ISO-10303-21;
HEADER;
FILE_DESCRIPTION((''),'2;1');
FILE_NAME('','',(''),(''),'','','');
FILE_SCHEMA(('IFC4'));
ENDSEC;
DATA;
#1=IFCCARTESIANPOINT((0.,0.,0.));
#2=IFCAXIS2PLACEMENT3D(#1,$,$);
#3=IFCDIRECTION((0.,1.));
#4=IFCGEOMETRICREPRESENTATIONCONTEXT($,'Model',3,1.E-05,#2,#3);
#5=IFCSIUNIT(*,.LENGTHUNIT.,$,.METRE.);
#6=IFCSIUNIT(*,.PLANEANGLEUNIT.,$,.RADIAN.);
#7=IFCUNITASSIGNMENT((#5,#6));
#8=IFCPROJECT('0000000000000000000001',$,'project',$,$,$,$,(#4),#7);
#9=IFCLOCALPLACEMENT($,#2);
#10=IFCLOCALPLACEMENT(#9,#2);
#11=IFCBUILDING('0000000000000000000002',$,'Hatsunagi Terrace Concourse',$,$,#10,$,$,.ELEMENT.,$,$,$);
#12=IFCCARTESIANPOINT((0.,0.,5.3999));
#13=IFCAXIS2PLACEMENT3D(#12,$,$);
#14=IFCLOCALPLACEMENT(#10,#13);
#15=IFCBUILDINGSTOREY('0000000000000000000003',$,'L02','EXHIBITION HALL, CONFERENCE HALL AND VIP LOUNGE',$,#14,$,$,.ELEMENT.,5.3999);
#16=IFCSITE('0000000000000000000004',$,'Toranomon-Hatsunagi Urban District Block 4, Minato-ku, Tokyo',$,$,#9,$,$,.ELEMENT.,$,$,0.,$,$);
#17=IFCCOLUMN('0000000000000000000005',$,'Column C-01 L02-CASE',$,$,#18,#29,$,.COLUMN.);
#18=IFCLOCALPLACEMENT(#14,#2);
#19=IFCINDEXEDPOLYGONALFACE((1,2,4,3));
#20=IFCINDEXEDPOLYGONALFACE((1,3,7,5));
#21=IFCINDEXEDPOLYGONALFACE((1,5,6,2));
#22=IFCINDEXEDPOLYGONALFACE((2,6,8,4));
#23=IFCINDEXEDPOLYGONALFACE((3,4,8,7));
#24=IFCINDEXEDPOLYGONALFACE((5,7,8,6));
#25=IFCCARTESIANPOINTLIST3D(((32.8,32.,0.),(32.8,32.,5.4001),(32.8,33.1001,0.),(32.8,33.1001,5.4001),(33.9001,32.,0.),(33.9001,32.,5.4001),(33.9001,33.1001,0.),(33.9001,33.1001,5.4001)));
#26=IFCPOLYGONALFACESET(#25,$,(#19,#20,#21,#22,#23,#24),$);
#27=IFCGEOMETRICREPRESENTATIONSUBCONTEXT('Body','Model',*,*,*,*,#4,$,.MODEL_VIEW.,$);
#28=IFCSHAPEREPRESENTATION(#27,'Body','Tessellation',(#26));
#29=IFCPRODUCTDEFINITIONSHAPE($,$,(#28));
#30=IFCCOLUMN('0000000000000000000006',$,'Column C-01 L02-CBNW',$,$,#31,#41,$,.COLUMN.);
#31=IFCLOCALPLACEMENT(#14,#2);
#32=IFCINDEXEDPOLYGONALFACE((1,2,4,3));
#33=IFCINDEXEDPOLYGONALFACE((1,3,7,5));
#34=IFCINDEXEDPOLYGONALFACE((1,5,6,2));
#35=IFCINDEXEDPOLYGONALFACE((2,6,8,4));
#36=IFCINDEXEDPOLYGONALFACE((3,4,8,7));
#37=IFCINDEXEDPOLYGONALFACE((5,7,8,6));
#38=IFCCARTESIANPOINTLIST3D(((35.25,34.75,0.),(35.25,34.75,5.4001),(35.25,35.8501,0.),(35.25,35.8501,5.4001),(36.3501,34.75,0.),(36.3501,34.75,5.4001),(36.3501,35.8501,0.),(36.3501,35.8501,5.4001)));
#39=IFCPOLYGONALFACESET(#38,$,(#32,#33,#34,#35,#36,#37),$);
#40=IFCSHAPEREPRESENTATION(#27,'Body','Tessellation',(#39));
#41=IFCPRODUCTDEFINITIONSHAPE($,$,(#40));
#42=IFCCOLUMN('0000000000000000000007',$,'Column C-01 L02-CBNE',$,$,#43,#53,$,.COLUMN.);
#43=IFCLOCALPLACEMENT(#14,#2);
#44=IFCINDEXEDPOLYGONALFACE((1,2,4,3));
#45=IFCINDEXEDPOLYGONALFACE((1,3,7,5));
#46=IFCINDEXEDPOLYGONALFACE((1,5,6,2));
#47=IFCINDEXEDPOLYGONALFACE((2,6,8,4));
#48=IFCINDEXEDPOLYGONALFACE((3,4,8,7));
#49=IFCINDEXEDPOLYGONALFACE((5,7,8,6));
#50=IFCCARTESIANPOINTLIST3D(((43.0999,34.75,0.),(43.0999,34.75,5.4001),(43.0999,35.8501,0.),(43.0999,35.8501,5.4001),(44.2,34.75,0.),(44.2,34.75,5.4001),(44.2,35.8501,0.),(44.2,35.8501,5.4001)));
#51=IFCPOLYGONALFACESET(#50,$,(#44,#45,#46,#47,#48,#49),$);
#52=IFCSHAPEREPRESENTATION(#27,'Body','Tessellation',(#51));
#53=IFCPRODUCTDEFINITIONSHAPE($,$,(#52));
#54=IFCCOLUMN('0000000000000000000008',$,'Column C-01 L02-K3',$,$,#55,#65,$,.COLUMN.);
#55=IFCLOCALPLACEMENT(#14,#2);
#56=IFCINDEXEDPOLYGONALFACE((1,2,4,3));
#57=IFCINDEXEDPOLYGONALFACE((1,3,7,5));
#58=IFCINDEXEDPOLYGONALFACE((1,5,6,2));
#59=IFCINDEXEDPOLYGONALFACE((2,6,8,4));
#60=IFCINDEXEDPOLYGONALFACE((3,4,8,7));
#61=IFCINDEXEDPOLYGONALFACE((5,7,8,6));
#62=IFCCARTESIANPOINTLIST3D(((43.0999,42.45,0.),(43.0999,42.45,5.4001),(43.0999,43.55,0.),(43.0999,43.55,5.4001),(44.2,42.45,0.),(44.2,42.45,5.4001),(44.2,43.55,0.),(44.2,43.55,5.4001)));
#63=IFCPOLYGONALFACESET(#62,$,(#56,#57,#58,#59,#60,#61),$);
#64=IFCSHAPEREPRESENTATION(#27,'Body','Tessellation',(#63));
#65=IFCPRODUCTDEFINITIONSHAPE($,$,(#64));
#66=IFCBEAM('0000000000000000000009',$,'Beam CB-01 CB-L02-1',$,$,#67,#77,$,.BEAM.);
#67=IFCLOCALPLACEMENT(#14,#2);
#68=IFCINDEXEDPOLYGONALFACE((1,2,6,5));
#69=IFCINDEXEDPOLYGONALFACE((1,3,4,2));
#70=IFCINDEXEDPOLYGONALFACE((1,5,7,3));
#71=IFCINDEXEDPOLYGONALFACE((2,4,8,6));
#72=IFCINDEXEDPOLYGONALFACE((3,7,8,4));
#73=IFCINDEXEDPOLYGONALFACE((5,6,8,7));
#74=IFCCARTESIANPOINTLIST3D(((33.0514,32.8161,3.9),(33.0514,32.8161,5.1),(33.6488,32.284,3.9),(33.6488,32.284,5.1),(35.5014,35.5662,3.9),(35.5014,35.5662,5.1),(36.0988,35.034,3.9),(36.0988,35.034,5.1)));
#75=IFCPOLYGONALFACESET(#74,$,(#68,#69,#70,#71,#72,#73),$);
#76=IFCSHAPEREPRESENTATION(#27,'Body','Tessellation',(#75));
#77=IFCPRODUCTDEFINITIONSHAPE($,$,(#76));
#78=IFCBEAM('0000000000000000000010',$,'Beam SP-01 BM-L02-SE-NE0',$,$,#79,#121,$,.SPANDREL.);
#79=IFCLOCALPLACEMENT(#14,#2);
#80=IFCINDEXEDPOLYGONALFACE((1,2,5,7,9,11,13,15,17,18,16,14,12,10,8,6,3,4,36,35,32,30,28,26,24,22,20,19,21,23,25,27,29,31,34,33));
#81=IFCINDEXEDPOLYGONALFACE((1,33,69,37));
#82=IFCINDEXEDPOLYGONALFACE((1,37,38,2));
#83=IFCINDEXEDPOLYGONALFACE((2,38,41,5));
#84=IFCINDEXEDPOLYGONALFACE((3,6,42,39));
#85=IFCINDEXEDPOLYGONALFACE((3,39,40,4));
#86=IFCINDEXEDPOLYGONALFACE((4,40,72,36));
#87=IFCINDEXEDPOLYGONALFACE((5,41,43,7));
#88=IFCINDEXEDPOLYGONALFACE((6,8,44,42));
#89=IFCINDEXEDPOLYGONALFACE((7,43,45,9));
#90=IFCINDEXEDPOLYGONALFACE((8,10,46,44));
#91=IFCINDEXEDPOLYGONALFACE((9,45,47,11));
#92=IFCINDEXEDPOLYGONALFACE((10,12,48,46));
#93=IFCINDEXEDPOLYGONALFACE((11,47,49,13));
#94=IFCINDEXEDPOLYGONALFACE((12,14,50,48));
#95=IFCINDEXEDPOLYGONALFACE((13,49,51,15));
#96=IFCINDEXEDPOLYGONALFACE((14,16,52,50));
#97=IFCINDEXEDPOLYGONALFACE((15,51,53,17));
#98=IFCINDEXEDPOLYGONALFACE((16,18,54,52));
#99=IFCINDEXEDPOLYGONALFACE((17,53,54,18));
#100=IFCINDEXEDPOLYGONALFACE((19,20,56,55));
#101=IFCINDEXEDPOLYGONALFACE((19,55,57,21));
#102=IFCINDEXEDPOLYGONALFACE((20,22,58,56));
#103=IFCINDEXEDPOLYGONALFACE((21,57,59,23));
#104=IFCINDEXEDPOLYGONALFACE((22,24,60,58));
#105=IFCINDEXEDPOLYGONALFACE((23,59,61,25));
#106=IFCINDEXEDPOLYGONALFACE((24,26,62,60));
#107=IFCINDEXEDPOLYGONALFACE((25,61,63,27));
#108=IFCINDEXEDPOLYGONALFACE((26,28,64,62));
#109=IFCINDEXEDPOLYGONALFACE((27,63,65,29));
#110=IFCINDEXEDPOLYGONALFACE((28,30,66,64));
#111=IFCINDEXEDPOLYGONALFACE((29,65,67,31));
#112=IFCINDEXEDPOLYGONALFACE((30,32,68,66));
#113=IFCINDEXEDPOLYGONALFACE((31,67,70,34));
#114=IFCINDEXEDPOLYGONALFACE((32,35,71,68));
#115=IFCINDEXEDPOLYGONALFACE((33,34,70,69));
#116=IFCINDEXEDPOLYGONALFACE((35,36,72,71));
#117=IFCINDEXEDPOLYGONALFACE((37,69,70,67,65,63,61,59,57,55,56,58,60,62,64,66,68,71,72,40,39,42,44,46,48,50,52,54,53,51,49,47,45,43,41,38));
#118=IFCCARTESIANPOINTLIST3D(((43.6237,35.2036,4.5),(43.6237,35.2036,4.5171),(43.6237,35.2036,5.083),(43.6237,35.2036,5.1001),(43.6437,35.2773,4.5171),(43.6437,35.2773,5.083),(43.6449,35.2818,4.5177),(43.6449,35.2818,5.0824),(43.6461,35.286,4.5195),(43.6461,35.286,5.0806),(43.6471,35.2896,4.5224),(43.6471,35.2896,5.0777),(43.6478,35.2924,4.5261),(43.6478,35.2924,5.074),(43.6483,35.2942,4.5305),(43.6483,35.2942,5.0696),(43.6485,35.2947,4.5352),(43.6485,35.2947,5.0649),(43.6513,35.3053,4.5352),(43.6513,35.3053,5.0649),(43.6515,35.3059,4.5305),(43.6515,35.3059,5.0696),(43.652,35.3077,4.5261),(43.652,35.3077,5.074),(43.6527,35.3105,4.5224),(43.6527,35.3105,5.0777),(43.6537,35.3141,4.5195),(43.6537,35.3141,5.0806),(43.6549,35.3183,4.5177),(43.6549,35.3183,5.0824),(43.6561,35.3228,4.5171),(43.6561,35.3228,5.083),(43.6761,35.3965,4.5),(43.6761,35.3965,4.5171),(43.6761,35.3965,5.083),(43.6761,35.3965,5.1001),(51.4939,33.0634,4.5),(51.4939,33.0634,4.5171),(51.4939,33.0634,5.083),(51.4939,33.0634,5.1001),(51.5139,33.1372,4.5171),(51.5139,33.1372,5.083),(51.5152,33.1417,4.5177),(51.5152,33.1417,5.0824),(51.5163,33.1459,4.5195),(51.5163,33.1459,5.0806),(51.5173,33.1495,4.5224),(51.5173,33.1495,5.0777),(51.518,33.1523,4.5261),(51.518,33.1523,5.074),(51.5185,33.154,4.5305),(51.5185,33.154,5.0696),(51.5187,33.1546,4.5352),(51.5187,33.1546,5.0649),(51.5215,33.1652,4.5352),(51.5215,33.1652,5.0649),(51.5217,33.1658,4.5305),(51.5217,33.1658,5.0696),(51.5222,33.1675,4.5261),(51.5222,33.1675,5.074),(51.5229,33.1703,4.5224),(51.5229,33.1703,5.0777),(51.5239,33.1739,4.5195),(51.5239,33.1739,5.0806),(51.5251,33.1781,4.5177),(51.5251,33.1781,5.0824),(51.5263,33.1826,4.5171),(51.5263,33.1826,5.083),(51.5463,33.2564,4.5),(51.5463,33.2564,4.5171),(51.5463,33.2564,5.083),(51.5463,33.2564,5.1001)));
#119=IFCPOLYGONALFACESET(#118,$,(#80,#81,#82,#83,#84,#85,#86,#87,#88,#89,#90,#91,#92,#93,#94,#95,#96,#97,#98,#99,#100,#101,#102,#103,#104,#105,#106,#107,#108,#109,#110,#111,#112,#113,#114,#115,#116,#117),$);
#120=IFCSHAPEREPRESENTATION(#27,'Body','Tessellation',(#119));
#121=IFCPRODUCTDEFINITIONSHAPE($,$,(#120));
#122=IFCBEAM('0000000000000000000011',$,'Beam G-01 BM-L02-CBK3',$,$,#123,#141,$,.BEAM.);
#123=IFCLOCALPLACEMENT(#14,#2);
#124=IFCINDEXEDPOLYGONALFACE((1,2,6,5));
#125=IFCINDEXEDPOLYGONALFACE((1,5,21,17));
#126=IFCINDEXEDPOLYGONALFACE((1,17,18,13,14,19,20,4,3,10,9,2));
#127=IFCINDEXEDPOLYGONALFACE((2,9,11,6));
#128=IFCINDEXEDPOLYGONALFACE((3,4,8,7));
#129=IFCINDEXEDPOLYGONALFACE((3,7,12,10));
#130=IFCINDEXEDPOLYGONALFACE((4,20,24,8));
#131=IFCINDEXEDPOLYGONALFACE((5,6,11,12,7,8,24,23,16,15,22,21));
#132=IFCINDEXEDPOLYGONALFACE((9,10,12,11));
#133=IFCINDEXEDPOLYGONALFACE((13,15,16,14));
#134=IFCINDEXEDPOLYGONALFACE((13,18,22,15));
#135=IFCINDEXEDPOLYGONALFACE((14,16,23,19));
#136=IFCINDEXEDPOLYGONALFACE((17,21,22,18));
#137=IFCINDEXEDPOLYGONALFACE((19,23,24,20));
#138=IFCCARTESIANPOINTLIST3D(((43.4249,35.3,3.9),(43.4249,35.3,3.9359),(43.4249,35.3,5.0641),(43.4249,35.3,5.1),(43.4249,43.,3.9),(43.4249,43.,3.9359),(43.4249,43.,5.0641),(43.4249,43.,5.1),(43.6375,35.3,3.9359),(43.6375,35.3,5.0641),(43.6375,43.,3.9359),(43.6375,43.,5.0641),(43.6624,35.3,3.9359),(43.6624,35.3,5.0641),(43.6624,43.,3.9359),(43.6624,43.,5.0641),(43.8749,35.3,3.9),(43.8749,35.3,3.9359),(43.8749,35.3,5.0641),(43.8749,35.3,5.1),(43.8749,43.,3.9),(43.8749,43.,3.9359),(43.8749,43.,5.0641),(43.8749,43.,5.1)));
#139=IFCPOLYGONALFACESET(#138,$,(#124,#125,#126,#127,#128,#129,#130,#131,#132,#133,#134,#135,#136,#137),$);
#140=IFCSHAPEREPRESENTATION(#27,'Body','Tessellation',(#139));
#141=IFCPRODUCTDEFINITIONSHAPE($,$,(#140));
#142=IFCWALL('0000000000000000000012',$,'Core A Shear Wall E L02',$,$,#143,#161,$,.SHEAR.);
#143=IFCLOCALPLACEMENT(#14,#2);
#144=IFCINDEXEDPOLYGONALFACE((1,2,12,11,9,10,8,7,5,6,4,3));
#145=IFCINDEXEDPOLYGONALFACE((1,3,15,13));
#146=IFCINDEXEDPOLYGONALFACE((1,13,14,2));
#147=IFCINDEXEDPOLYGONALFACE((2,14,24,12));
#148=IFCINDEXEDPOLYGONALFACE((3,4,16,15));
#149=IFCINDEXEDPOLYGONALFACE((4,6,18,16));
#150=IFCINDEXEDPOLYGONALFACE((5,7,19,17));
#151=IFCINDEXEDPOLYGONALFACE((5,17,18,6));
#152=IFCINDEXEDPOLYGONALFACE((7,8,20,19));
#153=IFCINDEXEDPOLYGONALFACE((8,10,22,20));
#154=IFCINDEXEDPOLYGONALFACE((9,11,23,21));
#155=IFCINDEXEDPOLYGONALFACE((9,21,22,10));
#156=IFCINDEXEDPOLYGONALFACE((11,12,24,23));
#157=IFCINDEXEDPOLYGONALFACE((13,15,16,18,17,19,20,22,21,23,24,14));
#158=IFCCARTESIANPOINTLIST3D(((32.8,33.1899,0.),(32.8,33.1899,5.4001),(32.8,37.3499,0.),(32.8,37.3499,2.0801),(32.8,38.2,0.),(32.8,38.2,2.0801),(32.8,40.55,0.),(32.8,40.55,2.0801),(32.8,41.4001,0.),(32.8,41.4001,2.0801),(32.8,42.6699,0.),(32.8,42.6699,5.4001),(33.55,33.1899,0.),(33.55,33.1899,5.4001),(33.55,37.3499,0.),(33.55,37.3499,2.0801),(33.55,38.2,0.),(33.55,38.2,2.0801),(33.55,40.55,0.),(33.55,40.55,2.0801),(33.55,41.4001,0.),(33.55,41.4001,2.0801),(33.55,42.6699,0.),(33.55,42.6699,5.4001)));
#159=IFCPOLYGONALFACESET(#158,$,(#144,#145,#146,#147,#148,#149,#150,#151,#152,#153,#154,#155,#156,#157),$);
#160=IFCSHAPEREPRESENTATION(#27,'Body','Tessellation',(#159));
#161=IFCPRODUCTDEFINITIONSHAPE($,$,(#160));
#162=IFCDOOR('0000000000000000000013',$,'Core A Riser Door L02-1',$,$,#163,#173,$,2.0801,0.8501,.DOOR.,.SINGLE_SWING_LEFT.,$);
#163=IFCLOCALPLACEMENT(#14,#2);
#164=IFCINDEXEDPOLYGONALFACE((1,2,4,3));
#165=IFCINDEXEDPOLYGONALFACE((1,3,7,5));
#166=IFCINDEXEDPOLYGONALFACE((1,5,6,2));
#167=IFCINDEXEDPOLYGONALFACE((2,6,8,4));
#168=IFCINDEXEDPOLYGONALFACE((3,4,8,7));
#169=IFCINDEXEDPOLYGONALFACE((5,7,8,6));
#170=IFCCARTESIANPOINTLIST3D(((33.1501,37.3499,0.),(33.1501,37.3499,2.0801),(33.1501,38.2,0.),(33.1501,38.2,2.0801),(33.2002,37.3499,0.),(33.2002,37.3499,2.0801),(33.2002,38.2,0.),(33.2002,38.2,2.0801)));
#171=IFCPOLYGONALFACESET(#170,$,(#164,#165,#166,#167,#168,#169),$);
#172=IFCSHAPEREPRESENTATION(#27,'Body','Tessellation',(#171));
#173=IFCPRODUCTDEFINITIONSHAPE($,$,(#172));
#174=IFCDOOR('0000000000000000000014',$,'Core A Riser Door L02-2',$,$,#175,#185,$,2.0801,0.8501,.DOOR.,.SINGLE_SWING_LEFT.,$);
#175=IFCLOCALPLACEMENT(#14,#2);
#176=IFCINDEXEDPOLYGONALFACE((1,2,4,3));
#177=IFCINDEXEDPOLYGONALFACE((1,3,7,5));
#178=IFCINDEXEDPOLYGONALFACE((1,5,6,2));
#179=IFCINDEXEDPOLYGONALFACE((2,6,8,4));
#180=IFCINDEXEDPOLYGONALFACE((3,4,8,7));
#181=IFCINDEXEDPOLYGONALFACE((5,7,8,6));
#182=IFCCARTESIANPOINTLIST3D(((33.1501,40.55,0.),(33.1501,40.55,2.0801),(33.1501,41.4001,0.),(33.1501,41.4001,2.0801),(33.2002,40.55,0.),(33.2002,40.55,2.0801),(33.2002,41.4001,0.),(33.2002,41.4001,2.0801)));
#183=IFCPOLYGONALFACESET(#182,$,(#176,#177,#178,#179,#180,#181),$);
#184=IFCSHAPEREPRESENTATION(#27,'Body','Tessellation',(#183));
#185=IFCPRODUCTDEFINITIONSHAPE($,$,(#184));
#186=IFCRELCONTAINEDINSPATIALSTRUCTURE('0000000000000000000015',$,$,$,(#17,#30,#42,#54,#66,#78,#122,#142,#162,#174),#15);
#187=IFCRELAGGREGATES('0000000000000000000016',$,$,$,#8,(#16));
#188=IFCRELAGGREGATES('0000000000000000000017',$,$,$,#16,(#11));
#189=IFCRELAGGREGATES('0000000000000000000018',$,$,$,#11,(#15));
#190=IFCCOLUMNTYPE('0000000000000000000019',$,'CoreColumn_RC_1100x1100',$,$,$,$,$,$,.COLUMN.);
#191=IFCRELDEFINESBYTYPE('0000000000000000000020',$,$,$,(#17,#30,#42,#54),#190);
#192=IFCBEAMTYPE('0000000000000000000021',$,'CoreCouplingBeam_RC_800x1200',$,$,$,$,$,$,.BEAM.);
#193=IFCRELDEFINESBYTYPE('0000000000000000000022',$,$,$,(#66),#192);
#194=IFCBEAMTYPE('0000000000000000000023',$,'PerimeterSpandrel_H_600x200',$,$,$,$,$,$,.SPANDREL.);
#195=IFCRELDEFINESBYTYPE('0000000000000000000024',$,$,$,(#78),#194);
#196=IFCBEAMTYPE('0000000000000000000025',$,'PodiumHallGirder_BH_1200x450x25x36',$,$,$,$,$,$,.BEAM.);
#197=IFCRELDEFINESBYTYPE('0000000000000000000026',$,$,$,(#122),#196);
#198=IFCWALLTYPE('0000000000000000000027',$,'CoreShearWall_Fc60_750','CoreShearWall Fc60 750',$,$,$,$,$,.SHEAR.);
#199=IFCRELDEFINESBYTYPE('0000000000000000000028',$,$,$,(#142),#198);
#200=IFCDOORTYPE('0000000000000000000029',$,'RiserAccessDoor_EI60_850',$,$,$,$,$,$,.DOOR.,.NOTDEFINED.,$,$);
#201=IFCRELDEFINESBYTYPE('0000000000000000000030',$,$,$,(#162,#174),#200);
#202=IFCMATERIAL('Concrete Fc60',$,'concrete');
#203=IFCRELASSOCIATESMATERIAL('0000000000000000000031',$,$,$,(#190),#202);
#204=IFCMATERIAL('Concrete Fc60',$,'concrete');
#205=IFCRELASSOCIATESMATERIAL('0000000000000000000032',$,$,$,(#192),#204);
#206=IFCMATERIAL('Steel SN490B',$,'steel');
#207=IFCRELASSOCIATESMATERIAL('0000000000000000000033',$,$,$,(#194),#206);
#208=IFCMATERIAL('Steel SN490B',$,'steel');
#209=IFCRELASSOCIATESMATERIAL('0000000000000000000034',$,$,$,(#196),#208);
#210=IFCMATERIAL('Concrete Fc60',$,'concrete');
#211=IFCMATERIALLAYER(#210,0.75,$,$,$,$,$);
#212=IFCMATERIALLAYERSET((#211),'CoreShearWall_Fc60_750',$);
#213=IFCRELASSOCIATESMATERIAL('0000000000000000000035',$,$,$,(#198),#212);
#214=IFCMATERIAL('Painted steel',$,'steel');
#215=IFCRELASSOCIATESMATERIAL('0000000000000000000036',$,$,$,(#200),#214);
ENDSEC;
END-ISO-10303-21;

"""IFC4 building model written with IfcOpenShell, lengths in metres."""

from ifc_helpers import new_model, si_unit, direction, frame, frame_2d, origin, origin_2d, place, context, subcontext, project, spatial, rectangle, i_section, extrude, material, layer, layer_set, material_profile, profile_set, type_object, element, fill, save


model = new_model("IFC4")

# Units and contexts
model_context = context("Model", 3, precision=1e-05, world=origin(), true_north=direction((0.0, 1.0)))
body_context = subcontext(model_context, "Body", "Model", "MODEL_VIEW")
ifc_project = project(units=[si_unit("LENGTHUNIT", "METRE"), si_unit("PLANEANGLEUNIT", "RADIAN")], contexts=[model_context])

# Site, building, storey
site_placement = place(None, origin())
site = spatial("IfcSite", under=ifc_project, at=site_placement, Name="Toranomon-Hatsunagi Urban District Block 4, Minato-ku, Tokyo", CompositionType="ELEMENT", RefElevation=0.0)
building_placement = place(site_placement, origin())
building = spatial("IfcBuilding", under=site, at=building_placement, Name="Hatsunagi Terrace Concourse", CompositionType="ELEMENT")
storey_placement = place(building_placement, frame((0.0, 0.0, 5.3999)))
storey = spatial("IfcBuildingStorey", under=building, at=storey_placement, Name="L02", Description="EXHIBITION HALL, CONFERENCE HALL AND VIP LOUNGE", CompositionType="ELEMENT", Elevation=5.3999)

# Columns
ifc_material_1 = material(Name="Concrete Fc60", Category="concrete")
ifc_material_profile_1 = material_profile(ifc_material_1, rectangle(XDim=1.1001, YDim=1.1001, at=origin_2d()), Name="RC-1100x1100")
ifc_profile_set_1 = profile_set([ifc_material_profile_1], Name="Concrete Fc60")
column_type = type_object("IfcColumnType", Name="CoreColumn_RC_1100x1100", PredefinedType="COLUMN", material=ifc_profile_set_1)
for number, where, z_axis, x_axis, name in (
    (1, (33.3501, 32.55, 0.0), (0.0, 0.0, 1.0), (1.0, 0.0, 0.0), "Column C-01 L02-CASE"),
    (2, (35.8, 35.3, 0.0), (0.0, 0.0, 1.0), (1.0, 0.0, 0.0), "Column C-01 L02-CBNW"),
    (3, (43.6499, 35.3, 0.0), (0.0, 0.0, 1.0), (1.0, 0.0, 0.0), "Column C-01 L02-CBNE"),
    (4, (43.6499, 43.0, 0.0), (0.0, 0.0, 1.0), (1.0, 0.0, 0.0), "Column C-01 L02-K3"),
):
    element("IfcColumn", number, at=place(storey_placement, frame(where, z_axis=z_axis, x_axis=x_axis)), inside=storey, type_object=column_type, Name=name, PredefinedType="COLUMN", context=body_context, shape_type="SweptSolid", body=[
        extrude(rectangle(XDim=1.1001, YDim=1.1001, at=origin_2d()), origin(), (0.0, 0.0, 1.0), 5.4001),
    ])

# Beams
ifc_material_2 = material(Name="Concrete Fc60", Category="concrete")
ifc_material_profile_2 = material_profile(ifc_material_2, rectangle(XDim=0.8, YDim=1.2, at=origin_2d()), Name="RC-800x1200")
ifc_profile_set_2 = profile_set([ifc_material_profile_2], Name="Concrete Fc60")
beam_type_1 = type_object("IfcBeamType", Name="CoreCouplingBeam_RC_800x1200", PredefinedType="BEAM", material=ifc_profile_set_2)
beam_1_placement = place(storey_placement, frame((33.3501, 32.55, 4.5), z_axis=(0.665199, 0.746666, 0.0), x_axis=(-0.746666, 0.665199, 0.0)))
element("IfcBeam", 5, at=beam_1_placement, inside=storey, type_object=beam_type_1, Name="Beam CB-01 CB-L02-1", PredefinedType="BEAM", context=body_context, shape_type="SweptSolid", body=[
    extrude(rectangle(XDim=0.8, YDim=1.2, at=origin_2d()), origin(), (0.0, 0.0, 1.0), 3.6831),
])
ifc_material_3 = material(Name="Steel SN490B", Category="steel")
ifc_material_profile_3 = material_profile(ifc_material_3, i_section(OverallWidth=0.2, OverallDepth=0.6001, WebThickness=0.011, FlangeThickness=0.0171, FilletRadius=0.0181, at=origin_2d()), Name="H-600x200x11x17")
ifc_profile_set_3 = profile_set([ifc_material_profile_3], Name="Steel SN490B")
beam_type_2 = type_object("IfcBeamType", Name="PerimeterSpandrel_H_600x200", PredefinedType="SPANDREL", material=ifc_profile_set_3)
beam_2_placement = place(storey_placement, frame((43.6499, 35.3, 4.8), z_axis=(0.964958, -0.262403, 0.0), x_axis=(0.262403, 0.964958, 0.0)))
element("IfcBeam", 6, at=beam_2_placement, inside=storey, type_object=beam_type_2, Name="Beam SP-01 BM-L02-SE-NE0", PredefinedType="SPANDREL", context=body_context, shape_type="SweptSolid", body=[
    extrude(i_section(OverallWidth=0.2, OverallDepth=0.6001, WebThickness=0.011, FlangeThickness=0.0171, FilletRadius=0.0181, at=origin_2d()), origin(), (0.0, 0.0, 1.0), 8.156),
])
ifc_material_4 = material(Name="Steel SN490B", Category="steel")
ifc_material_profile_4 = material_profile(ifc_material_4, i_section(OverallWidth=0.45, OverallDepth=1.2, WebThickness=0.0249, FlangeThickness=0.0359, at=origin_2d()), Name="BH-1200x450x25x36")
ifc_profile_set_4 = profile_set([ifc_material_profile_4], Name="Steel SN490B")
beam_type_3 = type_object("IfcBeamType", Name="PodiumHallGirder_BH_1200x450x25x36", PredefinedType="BEAM", material=ifc_profile_set_4)
beam_3_placement = place(storey_placement, frame((43.6499, 35.3, 4.5), z_axis=(0.0, 1.0, 0.0), x_axis=(-1.0, 0.0, 0.0)))
element("IfcBeam", 7, at=beam_3_placement, inside=storey, type_object=beam_type_3, Name="Beam G-01 BM-L02-CBK3", PredefinedType="BEAM", context=body_context, shape_type="SweptSolid", body=[
    extrude(i_section(OverallWidth=0.45, OverallDepth=1.2, WebThickness=0.0249, FlangeThickness=0.0359, at=origin_2d()), origin(), (0.0, 0.0, 1.0), 7.7),
])

# Wall, openings, doors
ifc_material_5 = material(Name="Concrete Fc60", Category="concrete")
ifc_layer_1 = layer(ifc_material_5, 0.75)
ifc_layer_set_1 = layer_set([ifc_layer_1], Name="CoreShearWall_Fc60_750")
wall_type_1 = type_object("IfcWallType", Name="CoreShearWall_Fc60_750", Description="CoreShearWall Fc60 750", PredefinedType="SHEAR", material=ifc_layer_set_1)
wall_1_placement = place(storey_placement, frame((33.175, 33.1899, 0.0), z_axis=(0.0, 0.0, 1.0), x_axis=(0.0, 1.0, 0.0)))
wall_1 = element("IfcWall", 8, at=wall_1_placement, inside=storey, type_object=wall_type_1, Name="Core A Shear Wall E L02", PredefinedType="SHEAR", context=body_context, shape_type="SweptSolid", body=[
    extrude(rectangle(XDim=9.48, YDim=0.75, at=frame_2d((4.74, 0.0))), origin(), (0.0, 0.0, 1.0), 5.4001),
])
opening_1_placement = place(wall_1_placement, frame((4.1599, 0.0, 0.0)))
opening_1 = element("IfcOpeningElement", 9, at=opening_1_placement, cuts=wall_1, PredefinedType="OPENING", context=body_context, shape_type="SweptSolid", body=[
    extrude(rectangle(XDim=0.8501, YDim=2.0801, at=frame_2d((0.425, 1.04))), frame((0.0, 0.385, 0.0), z_axis=(0.0, -1.0, 0.0), x_axis=(1.0, 0.0, 0.0)), (0.0, 0.0, 1.0), 0.77),
])
opening_2_placement = place(wall_1_placement, frame((7.3601, 0.0, 0.0)))
opening_2 = element("IfcOpeningElement", 10, at=opening_2_placement, cuts=wall_1, PredefinedType="OPENING", context=body_context, shape_type="SweptSolid", body=[
    extrude(rectangle(XDim=0.8501, YDim=2.0801, at=frame_2d((0.425, 1.04))), frame((0.0, 0.385, 0.0), z_axis=(0.0, -1.0, 0.0), x_axis=(1.0, 0.0, 0.0)), (0.0, 0.0, 1.0), 0.77),
])
ifc_material_6 = material(Name="Painted steel", Category="steel")
door_type_1 = type_object("IfcDoorType", Name="RiserAccessDoor_EI60_850", OperationType="NOTDEFINED", PredefinedType="DOOR", material=ifc_material_6)
door_1_placement = place(opening_1_placement, origin())
door_1 = element("IfcDoor", 11, at=door_1_placement, inside=storey, type_object=door_type_1, Name="Core A Riser Door L02-1", OperationType="SINGLE_SWING_LEFT", OverallHeight=2.0801, OverallWidth=0.8501, PredefinedType="DOOR", context=body_context, shape_type="SweptSolid", body=[
    extrude(rectangle(XDim=0.8501, YDim=2.0801, at=frame_2d((0.425, 1.04))), frame((0.0, 0.0249, 0.0), z_axis=(0.0, -1.0, 0.0), x_axis=(1.0, 0.0, 0.0)), (0.0, 0.0, 1.0), 0.05),
])
fill(opening_1, door_1)
door_2_placement = place(opening_2_placement, origin())
door_2 = element("IfcDoor", 12, at=door_2_placement, inside=storey, type_object=door_type_1, Name="Core A Riser Door L02-2", OperationType="SINGLE_SWING_LEFT", OverallHeight=2.0801, OverallWidth=0.8501, PredefinedType="DOOR", context=body_context, shape_type="SweptSolid", body=[
    extrude(rectangle(XDim=0.8501, YDim=2.0801, at=frame_2d((0.425, 1.04))), frame((0.0, 0.0249, 0.0), z_axis=(0.0, -1.0, 0.0), x_axis=(1.0, 0.0, 0.0)), (0.0, 0.0, 1.0), 0.05),
])
fill(opening_2, door_2)

save(model, "model.ifc")
